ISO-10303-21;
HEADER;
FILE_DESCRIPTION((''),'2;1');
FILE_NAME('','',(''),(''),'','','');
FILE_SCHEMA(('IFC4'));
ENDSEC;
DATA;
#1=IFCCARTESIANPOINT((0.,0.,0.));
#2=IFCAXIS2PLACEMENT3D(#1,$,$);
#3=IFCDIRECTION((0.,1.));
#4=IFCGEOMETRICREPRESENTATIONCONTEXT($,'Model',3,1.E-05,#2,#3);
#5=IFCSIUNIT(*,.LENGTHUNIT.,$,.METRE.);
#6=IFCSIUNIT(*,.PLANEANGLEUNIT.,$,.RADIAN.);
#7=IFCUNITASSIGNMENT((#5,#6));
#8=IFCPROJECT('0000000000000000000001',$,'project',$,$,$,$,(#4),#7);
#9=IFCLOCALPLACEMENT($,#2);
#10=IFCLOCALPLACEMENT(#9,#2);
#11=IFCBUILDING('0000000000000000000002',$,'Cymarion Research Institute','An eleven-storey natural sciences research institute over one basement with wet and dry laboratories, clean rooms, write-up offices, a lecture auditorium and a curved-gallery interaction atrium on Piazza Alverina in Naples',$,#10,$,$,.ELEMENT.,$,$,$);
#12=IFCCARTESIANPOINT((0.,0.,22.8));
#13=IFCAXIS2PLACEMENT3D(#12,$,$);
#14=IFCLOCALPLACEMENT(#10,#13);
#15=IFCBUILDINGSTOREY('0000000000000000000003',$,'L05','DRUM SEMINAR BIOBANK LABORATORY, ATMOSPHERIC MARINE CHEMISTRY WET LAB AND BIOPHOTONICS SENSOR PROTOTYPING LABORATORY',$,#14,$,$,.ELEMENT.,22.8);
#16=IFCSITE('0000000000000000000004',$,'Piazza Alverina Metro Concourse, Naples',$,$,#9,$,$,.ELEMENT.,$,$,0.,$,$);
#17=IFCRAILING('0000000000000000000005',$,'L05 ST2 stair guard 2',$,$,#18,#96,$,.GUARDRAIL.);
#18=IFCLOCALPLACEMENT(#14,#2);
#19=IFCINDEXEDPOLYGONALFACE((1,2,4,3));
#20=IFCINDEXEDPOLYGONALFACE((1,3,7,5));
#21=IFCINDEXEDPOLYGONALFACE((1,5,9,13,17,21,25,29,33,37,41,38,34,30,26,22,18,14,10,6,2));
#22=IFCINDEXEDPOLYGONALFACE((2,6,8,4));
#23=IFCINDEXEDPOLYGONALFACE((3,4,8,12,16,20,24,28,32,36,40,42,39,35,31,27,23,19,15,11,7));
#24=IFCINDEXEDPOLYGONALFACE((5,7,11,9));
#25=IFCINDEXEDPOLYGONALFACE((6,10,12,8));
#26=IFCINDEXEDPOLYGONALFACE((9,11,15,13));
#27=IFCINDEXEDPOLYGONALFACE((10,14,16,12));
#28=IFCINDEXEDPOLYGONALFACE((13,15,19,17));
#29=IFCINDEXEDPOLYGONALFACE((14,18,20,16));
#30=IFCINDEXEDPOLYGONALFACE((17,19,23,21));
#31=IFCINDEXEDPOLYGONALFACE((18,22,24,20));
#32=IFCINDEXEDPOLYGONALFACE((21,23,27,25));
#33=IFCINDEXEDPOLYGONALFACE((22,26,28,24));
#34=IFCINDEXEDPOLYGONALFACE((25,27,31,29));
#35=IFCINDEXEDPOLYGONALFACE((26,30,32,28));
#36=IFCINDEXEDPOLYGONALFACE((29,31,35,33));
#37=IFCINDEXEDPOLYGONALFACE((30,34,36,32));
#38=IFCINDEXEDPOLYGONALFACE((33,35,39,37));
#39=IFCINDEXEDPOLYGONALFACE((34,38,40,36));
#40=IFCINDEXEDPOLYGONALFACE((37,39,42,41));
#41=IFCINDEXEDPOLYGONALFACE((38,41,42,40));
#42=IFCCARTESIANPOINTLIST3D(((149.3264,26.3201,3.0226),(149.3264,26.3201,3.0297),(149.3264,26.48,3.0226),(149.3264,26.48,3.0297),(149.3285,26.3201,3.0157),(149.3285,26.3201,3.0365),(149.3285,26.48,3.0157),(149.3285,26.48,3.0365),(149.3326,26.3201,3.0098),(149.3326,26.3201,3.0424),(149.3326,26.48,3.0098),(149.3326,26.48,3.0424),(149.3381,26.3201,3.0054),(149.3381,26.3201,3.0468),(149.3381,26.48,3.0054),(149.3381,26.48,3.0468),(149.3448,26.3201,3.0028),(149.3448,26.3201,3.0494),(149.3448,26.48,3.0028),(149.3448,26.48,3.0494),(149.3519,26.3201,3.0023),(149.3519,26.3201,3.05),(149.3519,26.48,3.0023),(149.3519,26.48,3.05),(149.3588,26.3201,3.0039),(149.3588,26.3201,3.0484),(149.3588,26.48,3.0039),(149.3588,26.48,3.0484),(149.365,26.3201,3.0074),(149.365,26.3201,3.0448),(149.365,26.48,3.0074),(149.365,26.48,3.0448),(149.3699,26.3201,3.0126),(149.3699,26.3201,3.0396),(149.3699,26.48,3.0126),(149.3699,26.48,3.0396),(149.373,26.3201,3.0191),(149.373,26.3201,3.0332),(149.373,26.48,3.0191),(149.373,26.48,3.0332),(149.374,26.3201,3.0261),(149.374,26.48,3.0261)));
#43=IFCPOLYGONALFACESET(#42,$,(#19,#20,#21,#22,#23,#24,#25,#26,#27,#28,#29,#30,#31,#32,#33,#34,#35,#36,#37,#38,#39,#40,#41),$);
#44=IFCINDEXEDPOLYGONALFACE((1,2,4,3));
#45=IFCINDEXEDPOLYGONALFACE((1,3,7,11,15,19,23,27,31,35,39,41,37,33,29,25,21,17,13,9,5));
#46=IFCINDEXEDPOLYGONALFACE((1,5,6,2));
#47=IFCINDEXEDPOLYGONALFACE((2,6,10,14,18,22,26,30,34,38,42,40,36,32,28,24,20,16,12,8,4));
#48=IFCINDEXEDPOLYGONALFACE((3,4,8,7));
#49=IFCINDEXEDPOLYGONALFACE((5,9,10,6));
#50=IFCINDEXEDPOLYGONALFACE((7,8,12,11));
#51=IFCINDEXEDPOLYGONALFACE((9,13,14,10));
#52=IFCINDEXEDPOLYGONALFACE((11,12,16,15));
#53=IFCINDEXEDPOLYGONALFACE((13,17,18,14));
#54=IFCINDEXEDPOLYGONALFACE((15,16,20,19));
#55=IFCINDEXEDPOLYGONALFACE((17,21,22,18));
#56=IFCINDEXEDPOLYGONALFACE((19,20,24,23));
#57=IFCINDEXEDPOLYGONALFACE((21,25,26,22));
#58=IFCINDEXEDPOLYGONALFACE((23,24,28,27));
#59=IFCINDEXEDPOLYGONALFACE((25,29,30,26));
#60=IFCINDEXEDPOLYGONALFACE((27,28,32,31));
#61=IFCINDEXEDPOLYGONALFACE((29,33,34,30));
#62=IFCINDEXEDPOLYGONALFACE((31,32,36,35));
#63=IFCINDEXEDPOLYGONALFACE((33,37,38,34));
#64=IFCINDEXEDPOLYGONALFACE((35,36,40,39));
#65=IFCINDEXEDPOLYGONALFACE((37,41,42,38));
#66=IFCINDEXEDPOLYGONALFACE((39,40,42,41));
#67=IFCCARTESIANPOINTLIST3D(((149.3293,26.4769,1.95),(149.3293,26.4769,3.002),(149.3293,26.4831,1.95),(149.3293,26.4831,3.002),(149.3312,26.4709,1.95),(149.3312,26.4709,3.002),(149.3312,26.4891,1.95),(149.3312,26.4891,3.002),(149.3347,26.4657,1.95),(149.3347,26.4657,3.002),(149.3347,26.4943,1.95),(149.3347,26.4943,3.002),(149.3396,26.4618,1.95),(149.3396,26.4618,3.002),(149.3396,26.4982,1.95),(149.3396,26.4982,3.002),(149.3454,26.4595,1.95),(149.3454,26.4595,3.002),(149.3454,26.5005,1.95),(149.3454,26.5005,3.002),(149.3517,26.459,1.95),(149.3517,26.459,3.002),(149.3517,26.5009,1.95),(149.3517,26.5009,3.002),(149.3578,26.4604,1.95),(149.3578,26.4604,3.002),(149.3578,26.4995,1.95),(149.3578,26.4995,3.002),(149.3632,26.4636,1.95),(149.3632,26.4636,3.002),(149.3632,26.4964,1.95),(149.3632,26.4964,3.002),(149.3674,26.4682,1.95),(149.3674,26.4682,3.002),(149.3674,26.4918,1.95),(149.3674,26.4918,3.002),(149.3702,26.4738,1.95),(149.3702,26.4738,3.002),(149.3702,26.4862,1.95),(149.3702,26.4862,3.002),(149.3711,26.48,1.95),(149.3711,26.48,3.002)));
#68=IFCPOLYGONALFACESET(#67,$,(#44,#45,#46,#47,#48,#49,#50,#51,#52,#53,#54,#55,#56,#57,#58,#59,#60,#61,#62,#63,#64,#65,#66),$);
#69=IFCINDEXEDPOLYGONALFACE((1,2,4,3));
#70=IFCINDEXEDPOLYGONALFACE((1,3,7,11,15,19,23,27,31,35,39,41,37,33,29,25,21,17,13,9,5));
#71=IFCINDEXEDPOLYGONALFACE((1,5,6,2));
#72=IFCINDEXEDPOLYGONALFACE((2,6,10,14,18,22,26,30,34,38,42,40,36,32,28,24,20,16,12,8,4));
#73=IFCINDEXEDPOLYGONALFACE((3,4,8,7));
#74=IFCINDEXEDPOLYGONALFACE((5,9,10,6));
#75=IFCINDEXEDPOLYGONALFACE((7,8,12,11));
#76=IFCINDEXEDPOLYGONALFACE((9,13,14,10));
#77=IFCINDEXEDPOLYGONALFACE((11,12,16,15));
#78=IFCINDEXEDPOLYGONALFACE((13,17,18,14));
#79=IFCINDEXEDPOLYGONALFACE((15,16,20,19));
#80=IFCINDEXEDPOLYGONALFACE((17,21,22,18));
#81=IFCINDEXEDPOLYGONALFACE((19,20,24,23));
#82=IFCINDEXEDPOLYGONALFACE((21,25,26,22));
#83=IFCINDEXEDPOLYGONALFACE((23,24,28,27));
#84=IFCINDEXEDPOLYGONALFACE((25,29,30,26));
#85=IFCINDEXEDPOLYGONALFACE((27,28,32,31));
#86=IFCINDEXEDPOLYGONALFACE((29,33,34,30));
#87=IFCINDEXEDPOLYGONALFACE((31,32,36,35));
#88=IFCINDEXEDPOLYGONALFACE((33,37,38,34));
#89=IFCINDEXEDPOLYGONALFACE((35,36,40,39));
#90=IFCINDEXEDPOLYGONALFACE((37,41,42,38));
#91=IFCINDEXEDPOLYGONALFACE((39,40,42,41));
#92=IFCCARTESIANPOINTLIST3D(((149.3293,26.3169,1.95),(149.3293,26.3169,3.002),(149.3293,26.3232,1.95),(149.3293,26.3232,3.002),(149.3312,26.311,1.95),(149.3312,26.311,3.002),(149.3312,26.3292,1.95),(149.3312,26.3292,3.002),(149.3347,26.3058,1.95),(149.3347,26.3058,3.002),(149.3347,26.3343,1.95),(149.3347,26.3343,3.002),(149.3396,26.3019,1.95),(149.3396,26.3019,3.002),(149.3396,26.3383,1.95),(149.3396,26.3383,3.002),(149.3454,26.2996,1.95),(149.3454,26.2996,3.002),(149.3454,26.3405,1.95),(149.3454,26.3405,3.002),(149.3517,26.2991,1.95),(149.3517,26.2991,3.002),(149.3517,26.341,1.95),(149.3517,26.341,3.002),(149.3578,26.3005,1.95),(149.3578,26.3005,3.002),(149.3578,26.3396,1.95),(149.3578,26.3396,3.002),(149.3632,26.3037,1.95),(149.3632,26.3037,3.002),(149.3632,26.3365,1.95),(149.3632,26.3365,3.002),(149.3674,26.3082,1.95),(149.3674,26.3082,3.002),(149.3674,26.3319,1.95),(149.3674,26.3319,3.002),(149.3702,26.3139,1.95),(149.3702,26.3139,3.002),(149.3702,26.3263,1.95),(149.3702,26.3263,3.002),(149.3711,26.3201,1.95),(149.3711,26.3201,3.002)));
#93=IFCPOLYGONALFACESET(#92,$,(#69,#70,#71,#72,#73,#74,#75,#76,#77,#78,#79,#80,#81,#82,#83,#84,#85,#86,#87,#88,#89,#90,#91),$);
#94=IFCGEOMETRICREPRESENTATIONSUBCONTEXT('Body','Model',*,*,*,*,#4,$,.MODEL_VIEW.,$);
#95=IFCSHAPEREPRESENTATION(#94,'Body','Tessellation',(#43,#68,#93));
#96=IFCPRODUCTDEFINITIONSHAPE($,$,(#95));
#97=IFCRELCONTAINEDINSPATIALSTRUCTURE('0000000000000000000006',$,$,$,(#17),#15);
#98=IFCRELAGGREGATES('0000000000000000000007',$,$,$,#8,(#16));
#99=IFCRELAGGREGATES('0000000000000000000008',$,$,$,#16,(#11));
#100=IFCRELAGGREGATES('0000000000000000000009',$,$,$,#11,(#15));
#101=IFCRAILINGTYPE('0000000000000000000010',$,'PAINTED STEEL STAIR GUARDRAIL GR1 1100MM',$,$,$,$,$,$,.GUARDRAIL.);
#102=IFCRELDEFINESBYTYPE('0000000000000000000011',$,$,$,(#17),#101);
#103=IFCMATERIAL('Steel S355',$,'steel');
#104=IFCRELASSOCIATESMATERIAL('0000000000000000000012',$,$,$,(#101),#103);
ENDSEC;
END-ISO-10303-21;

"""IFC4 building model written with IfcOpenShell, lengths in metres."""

from ifc_helpers import new_model, si_unit, direction, frame, origin, origin_2d, place, context, subcontext, project, spatial, circle, extrude, material, type_object, element, save


model = new_model("IFC4")

# Units and contexts
model_context = context("Model", 3, precision=1e-05, world=origin(), true_north=direction((0.0, 1.0)))
body_context = subcontext(model_context, "Body", "Model", "MODEL_VIEW")
ifc_project = project(units=[si_unit("LENGTHUNIT", "METRE"), si_unit("PLANEANGLEUNIT", "RADIAN")], contexts=[model_context])

# Site, building, storey
site_placement = place(None, origin())
site = spatial("IfcSite", under=ifc_project, at=site_placement, Name="Piazza Alverina Metro Concourse, Naples", CompositionType="ELEMENT", RefElevation=0.0)
building_placement = place(site_placement, origin())
building = spatial("IfcBuilding", under=site, at=building_placement, Name="Cymarion Research Institute", Description="An eleven-storey natural sciences research institute over one basement with wet and dry laboratories, clean rooms, write-up offices, a lecture auditorium and a curved-gallery interaction atrium on Piazza Alverina in Naples", CompositionType="ELEMENT")
storey_placement = place(building_placement, frame((0.0, 0.0, 22.8)))
storey = spatial("IfcBuildingStorey", under=building, at=storey_placement, Name="L05", Description="DRUM SEMINAR BIOBANK LABORATORY, ATMOSPHERIC MARINE CHEMISTRY WET LAB AND BIOPHOTONICS SENSOR PROTOTYPING LABORATORY", CompositionType="ELEMENT", Elevation=22.8)

# Shared definitions
ifc_material_1 = material(Name="Steel S355", Category="steel")

# Railing
railing_type_1 = type_object("IfcRailingType", Name="PAINTED STEEL STAIR GUARDRAIL GR1 1100MM", PredefinedType="GUARDRAIL", material=ifc_material_1)
railing_1_placement = place(storey_placement, frame((149.3501, 26.48, 1.95)))
element("IfcRailing", 1, at=railing_1_placement, inside=storey, type_object=railing_type_1, Name="L05 ST2 stair guard 2", PredefinedType="GUARDRAIL", context=body_context, shape_type="SweptSolid", body=[
    extrude(circle(Radius=0.0239, at=origin_2d()), frame((0.0, 0.0, 1.0762), z_axis=(0.0, -1.0, 0.0), x_axis=(1.0, 0.0, 0.0)), (0.0, 0.0, 1.0), 0.1599),
    extrude(circle(Radius=0.021, at=origin_2d()), origin(), (0.0, 0.0, 1.0), 1.052),
    extrude(circle(Radius=0.021, at=origin_2d()), frame((0.0, -0.1599, 0.0)), (0.0, 0.0, 1.0), 1.052),
])

save(model, "model.ifc")
